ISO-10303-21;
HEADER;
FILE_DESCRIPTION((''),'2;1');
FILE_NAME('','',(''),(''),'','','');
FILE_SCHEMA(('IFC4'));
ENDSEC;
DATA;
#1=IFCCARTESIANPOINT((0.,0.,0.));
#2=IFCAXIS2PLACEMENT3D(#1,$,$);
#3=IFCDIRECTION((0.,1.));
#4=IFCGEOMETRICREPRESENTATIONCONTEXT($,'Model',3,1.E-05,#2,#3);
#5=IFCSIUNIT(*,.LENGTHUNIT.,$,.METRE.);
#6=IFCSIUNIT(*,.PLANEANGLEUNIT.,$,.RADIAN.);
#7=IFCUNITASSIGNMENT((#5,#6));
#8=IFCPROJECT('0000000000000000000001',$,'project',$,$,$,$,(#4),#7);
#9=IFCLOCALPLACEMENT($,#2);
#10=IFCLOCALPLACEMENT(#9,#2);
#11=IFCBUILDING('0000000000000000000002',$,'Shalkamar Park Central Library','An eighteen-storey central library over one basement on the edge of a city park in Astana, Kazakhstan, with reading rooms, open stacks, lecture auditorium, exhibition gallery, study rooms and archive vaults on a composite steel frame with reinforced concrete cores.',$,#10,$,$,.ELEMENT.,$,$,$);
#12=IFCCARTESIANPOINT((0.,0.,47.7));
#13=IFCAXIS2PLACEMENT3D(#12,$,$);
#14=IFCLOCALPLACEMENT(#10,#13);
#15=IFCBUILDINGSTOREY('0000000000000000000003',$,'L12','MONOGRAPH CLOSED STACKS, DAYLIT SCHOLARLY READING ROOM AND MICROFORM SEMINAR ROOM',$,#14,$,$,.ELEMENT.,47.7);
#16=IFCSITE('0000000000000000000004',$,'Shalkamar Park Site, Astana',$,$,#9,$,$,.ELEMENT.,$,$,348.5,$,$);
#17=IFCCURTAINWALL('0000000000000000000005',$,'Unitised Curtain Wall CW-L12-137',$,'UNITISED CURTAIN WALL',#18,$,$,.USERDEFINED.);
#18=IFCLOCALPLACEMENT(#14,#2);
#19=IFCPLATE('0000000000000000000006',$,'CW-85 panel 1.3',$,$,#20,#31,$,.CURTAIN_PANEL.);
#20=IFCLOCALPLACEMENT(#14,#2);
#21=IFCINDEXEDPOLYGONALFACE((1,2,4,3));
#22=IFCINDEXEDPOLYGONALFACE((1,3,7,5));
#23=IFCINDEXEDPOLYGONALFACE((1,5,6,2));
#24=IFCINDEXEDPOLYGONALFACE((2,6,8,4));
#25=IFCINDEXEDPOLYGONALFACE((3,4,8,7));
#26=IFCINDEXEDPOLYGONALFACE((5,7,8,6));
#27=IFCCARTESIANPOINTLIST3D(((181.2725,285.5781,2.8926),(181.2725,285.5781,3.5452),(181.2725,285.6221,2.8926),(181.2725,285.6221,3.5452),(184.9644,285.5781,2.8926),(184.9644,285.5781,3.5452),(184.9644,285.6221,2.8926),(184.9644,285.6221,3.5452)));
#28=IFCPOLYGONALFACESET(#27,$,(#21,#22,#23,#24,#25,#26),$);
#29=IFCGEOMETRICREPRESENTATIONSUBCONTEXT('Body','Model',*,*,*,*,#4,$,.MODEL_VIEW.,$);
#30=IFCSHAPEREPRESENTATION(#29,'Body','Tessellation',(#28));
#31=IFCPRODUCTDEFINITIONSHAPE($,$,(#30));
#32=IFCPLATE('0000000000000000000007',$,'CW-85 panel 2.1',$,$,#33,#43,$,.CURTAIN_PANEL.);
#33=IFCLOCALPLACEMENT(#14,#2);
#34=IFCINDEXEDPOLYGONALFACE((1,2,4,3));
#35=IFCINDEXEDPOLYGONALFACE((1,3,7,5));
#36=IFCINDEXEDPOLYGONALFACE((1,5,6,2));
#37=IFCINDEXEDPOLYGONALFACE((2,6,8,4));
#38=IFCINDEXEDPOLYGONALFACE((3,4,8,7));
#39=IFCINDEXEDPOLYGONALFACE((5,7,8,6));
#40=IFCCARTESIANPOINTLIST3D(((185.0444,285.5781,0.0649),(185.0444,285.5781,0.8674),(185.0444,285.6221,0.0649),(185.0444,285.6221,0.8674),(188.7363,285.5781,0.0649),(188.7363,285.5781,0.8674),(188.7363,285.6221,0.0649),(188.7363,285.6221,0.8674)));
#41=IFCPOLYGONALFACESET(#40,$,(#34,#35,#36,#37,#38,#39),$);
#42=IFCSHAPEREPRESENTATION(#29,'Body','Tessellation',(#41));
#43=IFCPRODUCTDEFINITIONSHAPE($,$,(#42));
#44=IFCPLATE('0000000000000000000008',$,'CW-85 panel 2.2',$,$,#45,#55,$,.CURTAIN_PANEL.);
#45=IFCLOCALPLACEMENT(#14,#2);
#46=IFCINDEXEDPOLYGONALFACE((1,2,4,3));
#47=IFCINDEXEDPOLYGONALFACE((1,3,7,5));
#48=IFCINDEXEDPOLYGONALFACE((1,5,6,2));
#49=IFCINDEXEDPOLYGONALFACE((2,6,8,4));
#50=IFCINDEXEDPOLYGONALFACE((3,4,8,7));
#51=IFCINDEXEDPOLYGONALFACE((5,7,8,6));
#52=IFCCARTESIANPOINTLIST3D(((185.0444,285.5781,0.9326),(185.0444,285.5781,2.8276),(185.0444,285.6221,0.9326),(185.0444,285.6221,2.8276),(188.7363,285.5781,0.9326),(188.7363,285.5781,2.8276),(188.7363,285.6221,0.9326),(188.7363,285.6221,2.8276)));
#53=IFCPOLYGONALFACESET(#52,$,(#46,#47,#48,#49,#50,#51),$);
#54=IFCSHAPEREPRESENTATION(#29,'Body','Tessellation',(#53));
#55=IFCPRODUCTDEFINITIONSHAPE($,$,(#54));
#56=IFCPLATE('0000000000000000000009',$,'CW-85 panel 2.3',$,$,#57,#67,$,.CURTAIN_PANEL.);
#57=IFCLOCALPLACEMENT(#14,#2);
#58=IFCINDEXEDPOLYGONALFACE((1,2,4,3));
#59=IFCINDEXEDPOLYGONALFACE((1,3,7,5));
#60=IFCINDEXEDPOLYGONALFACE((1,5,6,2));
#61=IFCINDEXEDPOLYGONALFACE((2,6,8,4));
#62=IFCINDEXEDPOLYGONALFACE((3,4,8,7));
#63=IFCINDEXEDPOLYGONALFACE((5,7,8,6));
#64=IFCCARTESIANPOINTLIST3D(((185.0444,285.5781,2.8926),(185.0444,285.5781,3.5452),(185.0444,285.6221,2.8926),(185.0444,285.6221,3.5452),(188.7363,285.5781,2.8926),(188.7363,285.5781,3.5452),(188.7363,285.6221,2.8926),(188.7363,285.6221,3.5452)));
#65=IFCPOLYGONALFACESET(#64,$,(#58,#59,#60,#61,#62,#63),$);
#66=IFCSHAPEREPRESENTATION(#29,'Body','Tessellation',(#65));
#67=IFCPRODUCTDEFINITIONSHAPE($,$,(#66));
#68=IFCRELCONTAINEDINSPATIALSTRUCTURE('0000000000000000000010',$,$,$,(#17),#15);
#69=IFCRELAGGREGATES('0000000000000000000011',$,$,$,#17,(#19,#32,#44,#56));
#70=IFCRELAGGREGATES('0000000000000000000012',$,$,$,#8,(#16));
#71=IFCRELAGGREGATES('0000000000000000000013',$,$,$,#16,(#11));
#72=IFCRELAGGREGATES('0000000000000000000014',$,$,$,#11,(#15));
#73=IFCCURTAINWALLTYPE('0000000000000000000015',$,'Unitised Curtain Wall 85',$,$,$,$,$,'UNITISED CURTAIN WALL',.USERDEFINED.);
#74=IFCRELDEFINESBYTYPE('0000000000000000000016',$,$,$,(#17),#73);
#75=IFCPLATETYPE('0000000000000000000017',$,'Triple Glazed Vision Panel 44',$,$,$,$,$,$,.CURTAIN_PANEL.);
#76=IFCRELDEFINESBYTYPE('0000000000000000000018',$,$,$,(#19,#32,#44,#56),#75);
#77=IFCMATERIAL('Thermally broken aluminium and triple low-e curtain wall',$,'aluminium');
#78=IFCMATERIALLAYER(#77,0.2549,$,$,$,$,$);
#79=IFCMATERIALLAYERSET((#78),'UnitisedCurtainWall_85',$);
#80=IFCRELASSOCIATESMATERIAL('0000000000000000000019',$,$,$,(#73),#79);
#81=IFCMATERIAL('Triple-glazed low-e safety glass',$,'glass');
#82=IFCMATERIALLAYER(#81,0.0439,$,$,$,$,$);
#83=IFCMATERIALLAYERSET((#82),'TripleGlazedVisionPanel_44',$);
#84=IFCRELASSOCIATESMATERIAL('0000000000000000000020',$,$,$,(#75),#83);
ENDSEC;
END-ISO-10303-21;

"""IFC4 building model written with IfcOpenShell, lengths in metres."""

from ifc_helpers import new_model, si_unit, direction, frame, origin, origin_2d, place, context, subcontext, project, spatial, rectangle, extrude, material, layer, layer_set, type_object, element, aggregate, save


model = new_model("IFC4")

# Units and contexts
model_context = context("Model", 3, precision=1e-05, world=origin(), true_north=direction((0.0, 1.0)))
body_context = subcontext(model_context, "Body", "Model", "MODEL_VIEW")
ifc_project = project(units=[si_unit("LENGTHUNIT", "METRE"), si_unit("PLANEANGLEUNIT", "RADIAN")], contexts=[model_context])

# Site, building, storey
site_placement = place(None, origin())
site = spatial("IfcSite", under=ifc_project, at=site_placement, Name="Shalkamar Park Site, Astana", CompositionType="ELEMENT", RefElevation=348.5)
building_placement = place(site_placement, origin())
building = spatial("IfcBuilding", under=site, at=building_placement, Name="Shalkamar Park Central Library", Description="An eighteen-storey central library over one basement on the edge of a city park in Astana, Kazakhstan, with reading rooms, open stacks, lecture auditorium, exhibition gallery, study rooms and archive vaults on a composite steel frame with reinforced concrete cores.", CompositionType="ELEMENT")
storey_placement = place(building_placement, frame((0.0, 0.0, 47.7)))
storey = spatial("IfcBuildingStorey", under=building, at=storey_placement, Name="L12", Description="MONOGRAPH CLOSED STACKS, DAYLIT SCHOLARLY READING ROOM AND MICROFORM SEMINAR ROOM", CompositionType="ELEMENT", Elevation=47.7)

# Curtain wall
ifc_material_1 = material(Name="Thermally broken aluminium and triple low-e curtain wall", Category="aluminium")
ifc_layer_1 = layer(ifc_material_1, 0.2549)
ifc_layer_set_1 = layer_set([ifc_layer_1], Name="UnitisedCurtainWall_85")
curtain_wall_type_1 = type_object("IfcCurtainWallType", Name="Unitised Curtain Wall 85", ElementType="UNITISED CURTAIN WALL", PredefinedType="USERDEFINED", material=ifc_layer_set_1)
curtain_wall_1_placement = place(storey_placement, origin())
curtain_wall_1 = element("IfcCurtainWall", 1, at=curtain_wall_1_placement, inside=storey, type_object=curtain_wall_type_1, Name="Unitised Curtain Wall CW-L12-137", ObjectType="UNITISED CURTAIN WALL", PredefinedType="USERDEFINED")

# Plates
ifc_material_2 = material(Name="Triple-glazed low-e safety glass", Category="glass")
ifc_layer_2 = layer(ifc_material_2, 0.0439)
ifc_layer_set_2 = layer_set([ifc_layer_2], Name="TripleGlazedVisionPanel_44")
plate_type_1 = type_object("IfcPlateType", Name="Triple Glazed Vision Panel 44", PredefinedType="CURTAIN_PANEL", material=ifc_layer_set_2)
plate_1_placement = place(storey_placement, frame((183.1184, 285.6001, 2.8926), z_axis=(0.0, 0.0, 1.0), x_axis=(1.0, 0.0, 0.0)))
plate_1 = element("IfcPlate", 2, at=plate_1_placement, type_object=plate_type_1, Name="CW-85 panel 1.3", PredefinedType="CURTAIN_PANEL", context=body_context, shape_type="SweptSolid", body=[
    extrude(rectangle(XDim=3.6919, YDim=0.0439, at=origin_2d()), origin(), (0.0, 0.0, 1.0), 0.6526),
])
plate_2_placement = place(storey_placement, frame((186.8904, 285.6001, 0.0649), z_axis=(0.0, 0.0, 1.0), x_axis=(1.0, 0.0, 0.0)))
plate_2 = element("IfcPlate", 3, at=plate_2_placement, type_object=plate_type_1, Name="CW-85 panel 2.1", PredefinedType="CURTAIN_PANEL", context=body_context, shape_type="SweptSolid", body=[
    extrude(rectangle(XDim=3.6919, YDim=0.0439, at=origin_2d()), origin(), (0.0, 0.0, 1.0), 0.8025),
])
plate_3_placement = place(storey_placement, frame((186.8904, 285.6001, 0.9326), z_axis=(0.0, 0.0, 1.0), x_axis=(1.0, 0.0, 0.0)))
plate_3 = element("IfcPlate", 4, at=plate_3_placement, type_object=plate_type_1, Name="CW-85 panel 2.2", PredefinedType="CURTAIN_PANEL", context=body_context, shape_type="SweptSolid", body=[
    extrude(rectangle(XDim=3.6919, YDim=0.0439, at=origin_2d()), origin(), (0.0, 0.0, 1.0), 1.895),
])
plate_4_placement = place(storey_placement, frame((186.8904, 285.6001, 2.8926), z_axis=(0.0, 0.0, 1.0), x_axis=(1.0, 0.0, 0.0)))
plate_4 = element("IfcPlate", 5, at=plate_4_placement, type_object=plate_type_1, Name="CW-85 panel 2.3", PredefinedType="CURTAIN_PANEL", context=body_context, shape_type="SweptSolid", body=[
    extrude(rectangle(XDim=3.6919, YDim=0.0439, at=origin_2d()), origin(), (0.0, 0.0, 1.0), 0.6526),
])
aggregate(curtain_wall_1, [plate_1, plate_2, plate_3, plate_4])

save(model, "model.ifc")
